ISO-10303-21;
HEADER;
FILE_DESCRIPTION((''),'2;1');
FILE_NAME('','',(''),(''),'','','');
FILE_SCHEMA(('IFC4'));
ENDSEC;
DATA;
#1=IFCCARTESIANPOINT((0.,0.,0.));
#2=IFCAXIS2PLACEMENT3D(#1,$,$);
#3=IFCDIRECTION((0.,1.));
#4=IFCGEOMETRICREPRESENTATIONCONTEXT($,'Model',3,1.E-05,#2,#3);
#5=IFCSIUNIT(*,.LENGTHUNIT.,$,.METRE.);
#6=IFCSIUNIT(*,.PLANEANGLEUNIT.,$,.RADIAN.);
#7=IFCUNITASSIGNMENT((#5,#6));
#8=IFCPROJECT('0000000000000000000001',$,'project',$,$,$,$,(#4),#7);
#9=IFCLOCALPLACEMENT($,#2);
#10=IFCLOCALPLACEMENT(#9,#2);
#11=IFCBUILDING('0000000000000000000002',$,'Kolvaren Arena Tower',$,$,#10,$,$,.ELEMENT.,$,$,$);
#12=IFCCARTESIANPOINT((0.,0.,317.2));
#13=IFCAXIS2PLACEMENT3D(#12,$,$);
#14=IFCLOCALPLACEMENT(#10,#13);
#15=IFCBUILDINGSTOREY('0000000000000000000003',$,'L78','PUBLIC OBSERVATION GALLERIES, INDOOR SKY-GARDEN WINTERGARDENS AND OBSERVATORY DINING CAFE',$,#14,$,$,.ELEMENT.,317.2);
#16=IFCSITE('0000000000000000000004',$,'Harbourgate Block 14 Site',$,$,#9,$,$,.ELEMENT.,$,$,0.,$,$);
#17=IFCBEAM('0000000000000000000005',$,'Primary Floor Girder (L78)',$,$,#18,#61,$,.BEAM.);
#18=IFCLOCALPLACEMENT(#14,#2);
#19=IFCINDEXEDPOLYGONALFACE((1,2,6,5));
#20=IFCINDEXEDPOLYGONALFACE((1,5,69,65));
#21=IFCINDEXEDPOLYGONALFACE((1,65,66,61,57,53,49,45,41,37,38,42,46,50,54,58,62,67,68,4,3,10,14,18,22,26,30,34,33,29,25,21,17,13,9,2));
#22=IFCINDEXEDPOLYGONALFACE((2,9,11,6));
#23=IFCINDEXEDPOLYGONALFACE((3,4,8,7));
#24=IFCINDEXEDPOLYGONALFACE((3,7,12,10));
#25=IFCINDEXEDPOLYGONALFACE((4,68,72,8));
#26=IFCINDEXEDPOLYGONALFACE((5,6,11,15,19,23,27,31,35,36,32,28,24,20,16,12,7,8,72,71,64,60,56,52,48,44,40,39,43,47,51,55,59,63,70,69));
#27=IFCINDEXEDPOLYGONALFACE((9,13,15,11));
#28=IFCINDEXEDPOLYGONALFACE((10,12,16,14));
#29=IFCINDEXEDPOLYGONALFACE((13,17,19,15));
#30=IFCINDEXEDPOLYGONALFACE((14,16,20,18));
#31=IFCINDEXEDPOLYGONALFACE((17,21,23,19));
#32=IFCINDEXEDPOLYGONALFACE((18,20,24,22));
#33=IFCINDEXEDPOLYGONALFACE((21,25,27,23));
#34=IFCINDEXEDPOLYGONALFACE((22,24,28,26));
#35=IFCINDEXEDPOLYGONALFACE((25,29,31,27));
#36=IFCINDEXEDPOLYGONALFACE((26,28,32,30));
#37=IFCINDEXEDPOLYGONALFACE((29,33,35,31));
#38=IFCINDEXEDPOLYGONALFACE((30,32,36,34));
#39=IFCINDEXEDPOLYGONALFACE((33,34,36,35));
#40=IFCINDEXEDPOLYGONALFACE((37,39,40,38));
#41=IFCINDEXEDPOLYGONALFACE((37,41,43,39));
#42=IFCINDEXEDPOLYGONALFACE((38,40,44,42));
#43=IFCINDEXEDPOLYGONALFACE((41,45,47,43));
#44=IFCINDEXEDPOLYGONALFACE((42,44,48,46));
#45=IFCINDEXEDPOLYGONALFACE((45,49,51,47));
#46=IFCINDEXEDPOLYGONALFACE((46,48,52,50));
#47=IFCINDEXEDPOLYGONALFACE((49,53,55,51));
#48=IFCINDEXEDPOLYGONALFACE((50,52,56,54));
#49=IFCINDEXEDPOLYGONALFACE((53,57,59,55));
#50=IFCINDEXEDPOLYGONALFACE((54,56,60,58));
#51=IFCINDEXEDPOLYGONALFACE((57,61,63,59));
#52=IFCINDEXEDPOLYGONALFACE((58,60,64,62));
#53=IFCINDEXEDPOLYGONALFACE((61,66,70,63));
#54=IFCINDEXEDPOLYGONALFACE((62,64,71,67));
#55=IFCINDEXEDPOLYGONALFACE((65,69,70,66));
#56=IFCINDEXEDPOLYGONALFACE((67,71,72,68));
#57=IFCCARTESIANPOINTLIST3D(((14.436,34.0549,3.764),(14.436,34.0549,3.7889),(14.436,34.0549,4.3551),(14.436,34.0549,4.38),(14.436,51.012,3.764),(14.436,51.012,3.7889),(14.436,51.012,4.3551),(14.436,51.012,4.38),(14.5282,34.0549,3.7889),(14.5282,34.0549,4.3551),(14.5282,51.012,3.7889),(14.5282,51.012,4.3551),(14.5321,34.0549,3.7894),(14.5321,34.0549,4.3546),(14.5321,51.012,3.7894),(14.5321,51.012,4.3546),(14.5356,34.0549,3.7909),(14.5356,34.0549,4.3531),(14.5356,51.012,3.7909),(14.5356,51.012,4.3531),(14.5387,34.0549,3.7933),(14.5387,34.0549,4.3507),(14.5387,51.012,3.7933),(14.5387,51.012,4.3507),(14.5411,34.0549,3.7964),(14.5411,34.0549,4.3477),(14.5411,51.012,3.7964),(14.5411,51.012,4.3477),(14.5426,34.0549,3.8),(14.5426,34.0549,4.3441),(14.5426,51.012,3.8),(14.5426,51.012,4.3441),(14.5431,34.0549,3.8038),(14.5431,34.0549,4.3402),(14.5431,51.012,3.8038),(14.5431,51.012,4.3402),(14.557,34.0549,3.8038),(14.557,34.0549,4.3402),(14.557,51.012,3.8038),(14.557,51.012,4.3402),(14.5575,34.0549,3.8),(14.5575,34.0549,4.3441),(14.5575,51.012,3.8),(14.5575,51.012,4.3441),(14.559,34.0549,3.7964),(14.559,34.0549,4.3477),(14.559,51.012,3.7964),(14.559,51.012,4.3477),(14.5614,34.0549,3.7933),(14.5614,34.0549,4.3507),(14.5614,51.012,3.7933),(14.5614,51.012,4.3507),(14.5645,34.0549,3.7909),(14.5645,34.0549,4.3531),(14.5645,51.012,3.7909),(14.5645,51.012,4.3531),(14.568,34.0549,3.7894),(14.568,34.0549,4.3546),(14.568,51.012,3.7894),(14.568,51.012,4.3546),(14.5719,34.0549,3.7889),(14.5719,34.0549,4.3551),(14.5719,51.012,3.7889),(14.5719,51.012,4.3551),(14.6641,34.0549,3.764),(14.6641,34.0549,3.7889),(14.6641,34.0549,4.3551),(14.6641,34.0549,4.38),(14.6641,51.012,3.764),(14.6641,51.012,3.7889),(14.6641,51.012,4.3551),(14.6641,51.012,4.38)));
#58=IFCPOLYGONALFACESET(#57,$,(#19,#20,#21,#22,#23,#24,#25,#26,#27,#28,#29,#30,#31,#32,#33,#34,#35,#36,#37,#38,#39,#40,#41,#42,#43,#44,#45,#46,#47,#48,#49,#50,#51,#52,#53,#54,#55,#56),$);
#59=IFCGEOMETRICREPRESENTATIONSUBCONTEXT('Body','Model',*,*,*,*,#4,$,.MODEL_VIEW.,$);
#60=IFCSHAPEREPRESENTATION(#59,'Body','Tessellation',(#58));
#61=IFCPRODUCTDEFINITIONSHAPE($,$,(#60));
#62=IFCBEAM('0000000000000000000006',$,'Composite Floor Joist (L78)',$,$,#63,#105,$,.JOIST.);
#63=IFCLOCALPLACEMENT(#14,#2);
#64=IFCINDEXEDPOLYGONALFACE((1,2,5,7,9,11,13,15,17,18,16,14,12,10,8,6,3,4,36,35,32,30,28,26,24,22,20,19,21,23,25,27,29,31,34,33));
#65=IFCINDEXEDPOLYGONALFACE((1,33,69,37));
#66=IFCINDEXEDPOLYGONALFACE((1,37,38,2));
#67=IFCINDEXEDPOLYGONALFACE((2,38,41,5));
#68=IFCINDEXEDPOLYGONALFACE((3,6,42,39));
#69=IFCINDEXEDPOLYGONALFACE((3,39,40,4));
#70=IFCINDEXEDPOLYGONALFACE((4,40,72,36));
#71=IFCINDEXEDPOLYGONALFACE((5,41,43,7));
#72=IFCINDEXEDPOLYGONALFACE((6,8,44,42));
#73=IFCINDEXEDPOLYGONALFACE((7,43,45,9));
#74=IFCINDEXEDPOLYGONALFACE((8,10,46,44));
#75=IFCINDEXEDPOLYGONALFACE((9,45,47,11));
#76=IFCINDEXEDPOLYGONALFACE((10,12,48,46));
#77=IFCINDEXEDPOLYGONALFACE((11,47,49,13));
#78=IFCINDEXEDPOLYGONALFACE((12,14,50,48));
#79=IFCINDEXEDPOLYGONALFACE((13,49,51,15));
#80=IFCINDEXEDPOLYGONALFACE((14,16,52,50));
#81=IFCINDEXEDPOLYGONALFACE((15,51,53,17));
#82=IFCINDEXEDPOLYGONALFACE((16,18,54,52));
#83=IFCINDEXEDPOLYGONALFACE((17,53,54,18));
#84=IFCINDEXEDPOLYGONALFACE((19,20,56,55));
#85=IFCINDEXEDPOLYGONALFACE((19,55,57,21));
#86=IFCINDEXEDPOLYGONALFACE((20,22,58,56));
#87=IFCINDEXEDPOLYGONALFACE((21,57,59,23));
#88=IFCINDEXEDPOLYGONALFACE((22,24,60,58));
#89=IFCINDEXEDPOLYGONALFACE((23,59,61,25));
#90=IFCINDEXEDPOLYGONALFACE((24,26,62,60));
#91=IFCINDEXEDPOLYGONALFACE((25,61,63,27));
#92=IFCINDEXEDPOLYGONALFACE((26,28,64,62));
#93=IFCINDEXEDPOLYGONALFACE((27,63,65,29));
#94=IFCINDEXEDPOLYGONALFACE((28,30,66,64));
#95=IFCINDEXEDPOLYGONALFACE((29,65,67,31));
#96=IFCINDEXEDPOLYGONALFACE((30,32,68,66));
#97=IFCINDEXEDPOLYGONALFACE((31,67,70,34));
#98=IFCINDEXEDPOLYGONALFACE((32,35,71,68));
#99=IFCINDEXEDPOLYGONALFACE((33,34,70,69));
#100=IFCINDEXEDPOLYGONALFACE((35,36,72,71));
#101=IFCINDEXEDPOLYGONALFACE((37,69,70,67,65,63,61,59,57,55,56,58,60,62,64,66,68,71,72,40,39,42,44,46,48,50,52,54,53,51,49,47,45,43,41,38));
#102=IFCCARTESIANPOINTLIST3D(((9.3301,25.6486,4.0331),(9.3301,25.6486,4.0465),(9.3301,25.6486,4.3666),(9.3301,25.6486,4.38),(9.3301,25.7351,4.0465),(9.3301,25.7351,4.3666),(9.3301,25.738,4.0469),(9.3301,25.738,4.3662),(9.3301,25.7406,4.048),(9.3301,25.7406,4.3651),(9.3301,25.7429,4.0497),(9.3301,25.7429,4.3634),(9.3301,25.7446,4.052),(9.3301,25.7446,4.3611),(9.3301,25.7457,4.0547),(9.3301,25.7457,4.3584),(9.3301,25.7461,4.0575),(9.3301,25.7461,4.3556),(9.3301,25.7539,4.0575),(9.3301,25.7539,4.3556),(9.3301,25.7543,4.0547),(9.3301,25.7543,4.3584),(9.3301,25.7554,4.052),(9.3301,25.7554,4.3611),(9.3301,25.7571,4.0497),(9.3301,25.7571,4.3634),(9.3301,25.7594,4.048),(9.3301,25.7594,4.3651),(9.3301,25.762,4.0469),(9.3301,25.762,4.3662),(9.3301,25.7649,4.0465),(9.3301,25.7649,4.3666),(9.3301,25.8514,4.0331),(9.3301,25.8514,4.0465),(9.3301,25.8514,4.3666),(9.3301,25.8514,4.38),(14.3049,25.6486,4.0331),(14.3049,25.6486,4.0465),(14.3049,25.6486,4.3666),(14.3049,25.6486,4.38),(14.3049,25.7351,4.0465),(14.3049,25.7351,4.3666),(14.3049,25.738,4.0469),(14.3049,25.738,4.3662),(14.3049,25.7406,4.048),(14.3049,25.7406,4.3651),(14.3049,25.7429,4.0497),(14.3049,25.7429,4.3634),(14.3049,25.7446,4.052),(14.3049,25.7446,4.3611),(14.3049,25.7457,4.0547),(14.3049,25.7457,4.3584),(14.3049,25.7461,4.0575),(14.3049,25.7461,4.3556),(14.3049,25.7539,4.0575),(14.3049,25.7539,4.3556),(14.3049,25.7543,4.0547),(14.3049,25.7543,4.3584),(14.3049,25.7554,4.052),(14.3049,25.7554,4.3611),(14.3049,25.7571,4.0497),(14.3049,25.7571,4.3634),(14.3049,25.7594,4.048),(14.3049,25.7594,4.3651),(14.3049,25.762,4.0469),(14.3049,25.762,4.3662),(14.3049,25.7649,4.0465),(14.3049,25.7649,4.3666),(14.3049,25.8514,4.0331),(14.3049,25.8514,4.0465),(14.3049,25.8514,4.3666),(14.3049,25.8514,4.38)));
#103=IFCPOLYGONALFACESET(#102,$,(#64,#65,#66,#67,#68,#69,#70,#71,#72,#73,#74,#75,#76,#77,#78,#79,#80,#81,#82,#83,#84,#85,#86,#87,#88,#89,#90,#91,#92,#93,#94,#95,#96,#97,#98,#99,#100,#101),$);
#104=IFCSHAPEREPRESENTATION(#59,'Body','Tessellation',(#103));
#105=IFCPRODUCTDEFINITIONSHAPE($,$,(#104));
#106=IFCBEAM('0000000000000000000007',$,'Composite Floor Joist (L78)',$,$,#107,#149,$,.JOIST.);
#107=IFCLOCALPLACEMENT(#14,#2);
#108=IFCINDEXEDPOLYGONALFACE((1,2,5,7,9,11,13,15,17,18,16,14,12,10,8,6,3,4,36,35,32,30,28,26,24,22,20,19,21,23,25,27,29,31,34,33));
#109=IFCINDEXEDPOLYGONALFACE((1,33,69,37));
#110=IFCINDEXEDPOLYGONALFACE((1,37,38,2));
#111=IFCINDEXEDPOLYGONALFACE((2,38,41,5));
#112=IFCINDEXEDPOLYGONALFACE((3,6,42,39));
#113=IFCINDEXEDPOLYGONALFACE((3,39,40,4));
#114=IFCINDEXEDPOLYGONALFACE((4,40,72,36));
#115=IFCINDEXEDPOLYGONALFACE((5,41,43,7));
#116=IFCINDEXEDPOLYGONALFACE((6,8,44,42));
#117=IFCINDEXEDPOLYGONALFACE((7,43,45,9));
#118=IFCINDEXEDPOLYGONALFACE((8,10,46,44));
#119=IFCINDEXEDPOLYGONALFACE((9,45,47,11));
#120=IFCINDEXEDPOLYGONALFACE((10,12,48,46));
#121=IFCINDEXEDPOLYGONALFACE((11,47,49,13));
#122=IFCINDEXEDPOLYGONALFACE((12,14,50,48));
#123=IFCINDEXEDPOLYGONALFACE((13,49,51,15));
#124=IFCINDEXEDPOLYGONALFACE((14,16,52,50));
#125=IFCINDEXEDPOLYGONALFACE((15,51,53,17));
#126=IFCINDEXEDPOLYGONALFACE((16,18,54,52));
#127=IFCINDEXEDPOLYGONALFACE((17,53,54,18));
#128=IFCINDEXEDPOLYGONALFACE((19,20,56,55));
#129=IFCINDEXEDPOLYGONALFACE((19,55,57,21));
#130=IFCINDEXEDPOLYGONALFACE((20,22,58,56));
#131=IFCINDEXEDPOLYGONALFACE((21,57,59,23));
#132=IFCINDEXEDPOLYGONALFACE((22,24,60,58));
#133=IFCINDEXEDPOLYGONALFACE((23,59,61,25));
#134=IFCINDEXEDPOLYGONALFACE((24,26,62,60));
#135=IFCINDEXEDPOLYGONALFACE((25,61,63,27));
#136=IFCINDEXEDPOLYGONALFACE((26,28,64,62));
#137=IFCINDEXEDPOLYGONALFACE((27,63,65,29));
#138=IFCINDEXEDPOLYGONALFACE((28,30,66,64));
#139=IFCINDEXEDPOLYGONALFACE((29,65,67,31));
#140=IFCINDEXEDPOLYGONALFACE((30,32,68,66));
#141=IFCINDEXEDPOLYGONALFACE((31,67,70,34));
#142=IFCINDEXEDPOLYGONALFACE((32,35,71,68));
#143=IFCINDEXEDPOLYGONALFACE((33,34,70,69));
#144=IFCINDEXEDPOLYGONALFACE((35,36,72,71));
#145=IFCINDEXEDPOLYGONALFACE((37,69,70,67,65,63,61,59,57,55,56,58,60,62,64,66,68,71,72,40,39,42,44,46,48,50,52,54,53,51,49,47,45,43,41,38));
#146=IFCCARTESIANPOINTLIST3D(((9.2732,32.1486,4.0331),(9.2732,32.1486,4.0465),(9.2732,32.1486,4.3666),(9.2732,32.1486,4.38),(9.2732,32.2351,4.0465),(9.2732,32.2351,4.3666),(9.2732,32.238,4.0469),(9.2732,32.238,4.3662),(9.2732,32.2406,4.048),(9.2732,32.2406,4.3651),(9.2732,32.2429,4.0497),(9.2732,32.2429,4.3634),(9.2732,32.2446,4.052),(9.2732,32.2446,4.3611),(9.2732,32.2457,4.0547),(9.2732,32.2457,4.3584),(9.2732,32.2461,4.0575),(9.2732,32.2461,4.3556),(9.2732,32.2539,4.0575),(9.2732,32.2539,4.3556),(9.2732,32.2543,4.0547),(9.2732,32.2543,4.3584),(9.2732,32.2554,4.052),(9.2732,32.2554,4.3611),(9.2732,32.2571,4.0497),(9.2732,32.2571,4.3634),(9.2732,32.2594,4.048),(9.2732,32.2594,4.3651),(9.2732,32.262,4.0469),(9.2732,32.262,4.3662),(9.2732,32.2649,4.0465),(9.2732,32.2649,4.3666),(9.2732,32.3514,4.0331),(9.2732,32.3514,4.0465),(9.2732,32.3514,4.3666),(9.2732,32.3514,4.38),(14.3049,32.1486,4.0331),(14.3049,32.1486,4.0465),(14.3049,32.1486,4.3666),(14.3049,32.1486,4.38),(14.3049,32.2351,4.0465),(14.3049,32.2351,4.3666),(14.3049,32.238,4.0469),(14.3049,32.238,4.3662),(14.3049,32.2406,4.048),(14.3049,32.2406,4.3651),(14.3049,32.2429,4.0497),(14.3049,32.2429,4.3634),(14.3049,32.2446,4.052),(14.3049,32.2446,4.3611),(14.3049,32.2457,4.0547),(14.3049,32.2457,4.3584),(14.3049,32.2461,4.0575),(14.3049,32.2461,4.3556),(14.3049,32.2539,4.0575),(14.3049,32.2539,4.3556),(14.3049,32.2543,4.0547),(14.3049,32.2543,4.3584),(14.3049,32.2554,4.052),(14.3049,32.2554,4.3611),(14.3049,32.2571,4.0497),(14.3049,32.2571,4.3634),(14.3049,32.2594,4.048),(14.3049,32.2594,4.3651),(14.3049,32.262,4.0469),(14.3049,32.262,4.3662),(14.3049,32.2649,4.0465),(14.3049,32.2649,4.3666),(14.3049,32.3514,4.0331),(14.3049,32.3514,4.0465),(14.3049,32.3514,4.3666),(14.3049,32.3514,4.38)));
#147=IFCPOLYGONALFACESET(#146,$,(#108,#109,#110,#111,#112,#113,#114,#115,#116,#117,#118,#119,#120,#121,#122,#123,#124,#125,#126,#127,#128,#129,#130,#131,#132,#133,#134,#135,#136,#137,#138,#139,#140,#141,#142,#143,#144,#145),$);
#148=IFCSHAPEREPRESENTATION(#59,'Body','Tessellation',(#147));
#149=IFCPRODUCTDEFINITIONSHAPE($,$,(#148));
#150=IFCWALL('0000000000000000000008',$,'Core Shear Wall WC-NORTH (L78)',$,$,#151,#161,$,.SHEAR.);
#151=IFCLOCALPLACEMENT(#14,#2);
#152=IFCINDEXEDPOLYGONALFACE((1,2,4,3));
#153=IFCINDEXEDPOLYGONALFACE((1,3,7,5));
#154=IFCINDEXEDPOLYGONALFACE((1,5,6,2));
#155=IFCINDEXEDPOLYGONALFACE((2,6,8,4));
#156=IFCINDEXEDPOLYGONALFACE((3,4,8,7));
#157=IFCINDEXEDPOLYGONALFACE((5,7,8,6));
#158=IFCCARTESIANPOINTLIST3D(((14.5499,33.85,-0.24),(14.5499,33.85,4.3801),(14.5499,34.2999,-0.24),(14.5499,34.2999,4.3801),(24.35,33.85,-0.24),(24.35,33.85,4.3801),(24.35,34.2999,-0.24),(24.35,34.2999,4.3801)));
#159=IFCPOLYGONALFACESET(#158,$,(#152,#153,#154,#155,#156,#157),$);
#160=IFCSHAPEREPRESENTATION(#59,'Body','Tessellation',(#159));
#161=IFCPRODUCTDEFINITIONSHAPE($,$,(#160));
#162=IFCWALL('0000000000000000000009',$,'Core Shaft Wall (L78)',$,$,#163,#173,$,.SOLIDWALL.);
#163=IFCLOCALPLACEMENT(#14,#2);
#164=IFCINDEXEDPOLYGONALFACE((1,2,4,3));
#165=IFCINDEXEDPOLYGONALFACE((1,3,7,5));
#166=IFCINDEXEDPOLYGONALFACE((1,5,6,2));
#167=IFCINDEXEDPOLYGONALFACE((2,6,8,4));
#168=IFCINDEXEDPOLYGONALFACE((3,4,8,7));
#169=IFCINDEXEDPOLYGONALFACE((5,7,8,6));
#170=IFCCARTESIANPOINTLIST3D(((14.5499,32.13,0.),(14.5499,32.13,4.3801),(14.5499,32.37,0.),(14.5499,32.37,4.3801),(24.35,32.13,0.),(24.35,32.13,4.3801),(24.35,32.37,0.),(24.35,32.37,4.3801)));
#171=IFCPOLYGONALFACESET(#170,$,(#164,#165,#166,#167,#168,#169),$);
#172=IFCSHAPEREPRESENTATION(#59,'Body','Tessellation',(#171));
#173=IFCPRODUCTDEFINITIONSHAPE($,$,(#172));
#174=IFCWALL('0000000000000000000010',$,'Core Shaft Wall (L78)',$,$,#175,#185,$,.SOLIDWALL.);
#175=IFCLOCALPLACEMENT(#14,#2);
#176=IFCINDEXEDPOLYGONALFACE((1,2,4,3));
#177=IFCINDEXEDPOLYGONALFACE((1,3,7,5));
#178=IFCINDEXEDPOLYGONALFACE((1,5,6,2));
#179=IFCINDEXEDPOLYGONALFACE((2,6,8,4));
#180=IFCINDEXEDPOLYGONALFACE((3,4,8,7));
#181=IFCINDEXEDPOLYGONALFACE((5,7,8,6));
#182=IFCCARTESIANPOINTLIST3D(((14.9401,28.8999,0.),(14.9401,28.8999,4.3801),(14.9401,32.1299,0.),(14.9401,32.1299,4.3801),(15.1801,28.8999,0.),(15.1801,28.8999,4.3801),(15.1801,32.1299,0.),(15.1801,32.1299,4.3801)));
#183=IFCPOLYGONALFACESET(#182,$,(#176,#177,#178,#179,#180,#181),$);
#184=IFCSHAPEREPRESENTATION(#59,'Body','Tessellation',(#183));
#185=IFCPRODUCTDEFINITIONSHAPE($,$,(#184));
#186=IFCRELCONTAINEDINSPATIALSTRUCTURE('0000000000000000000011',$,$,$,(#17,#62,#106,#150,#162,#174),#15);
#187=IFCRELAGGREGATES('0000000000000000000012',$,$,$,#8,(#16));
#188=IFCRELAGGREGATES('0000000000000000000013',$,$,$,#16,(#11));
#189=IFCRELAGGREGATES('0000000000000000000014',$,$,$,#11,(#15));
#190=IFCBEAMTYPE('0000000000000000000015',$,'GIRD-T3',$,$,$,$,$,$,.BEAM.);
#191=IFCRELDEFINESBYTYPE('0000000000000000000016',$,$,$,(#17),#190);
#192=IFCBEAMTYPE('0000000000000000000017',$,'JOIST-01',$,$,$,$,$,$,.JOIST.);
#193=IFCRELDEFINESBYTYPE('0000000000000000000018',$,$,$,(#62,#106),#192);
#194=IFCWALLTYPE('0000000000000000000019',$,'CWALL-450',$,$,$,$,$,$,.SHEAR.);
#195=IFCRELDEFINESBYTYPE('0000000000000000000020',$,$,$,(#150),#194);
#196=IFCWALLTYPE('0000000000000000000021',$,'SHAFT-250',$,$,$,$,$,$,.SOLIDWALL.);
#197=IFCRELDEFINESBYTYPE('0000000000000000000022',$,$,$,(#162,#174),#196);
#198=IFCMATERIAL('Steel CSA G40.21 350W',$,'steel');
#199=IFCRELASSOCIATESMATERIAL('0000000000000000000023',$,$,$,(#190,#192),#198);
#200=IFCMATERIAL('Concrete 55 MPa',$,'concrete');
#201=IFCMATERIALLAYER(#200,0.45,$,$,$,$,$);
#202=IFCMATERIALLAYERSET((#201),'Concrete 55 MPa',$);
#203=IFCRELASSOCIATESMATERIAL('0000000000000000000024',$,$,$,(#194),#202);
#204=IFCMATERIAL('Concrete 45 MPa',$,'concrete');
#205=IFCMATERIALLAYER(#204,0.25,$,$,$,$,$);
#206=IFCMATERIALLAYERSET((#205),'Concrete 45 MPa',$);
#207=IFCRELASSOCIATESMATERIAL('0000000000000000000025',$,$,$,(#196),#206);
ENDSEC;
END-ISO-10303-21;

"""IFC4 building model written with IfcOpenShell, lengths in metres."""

from ifc_helpers import new_model, si_unit, direction, frame, frame_2d, origin, origin_2d, place, context, subcontext, project, spatial, rectangle, i_section, extrude, material, layer, layer_set, material_profile, profile_set, type_object, element, save


model = new_model("IFC4")

# Units and contexts
model_context = context("Model", 3, precision=1e-05, world=origin(), true_north=direction((0.0, 1.0)))
body_context = subcontext(model_context, "Body", "Model", "MODEL_VIEW")
ifc_project = project(units=[si_unit("LENGTHUNIT", "METRE"), si_unit("PLANEANGLEUNIT", "RADIAN")], contexts=[model_context])

# Site, building, storey
site_placement = place(None, origin())
site = spatial("IfcSite", under=ifc_project, at=site_placement, Name="Harbourgate Block 14 Site", CompositionType="ELEMENT", RefElevation=0.0)
building_placement = place(site_placement, origin())
building = spatial("IfcBuilding", under=site, at=building_placement, Name="Kolvaren Arena Tower", CompositionType="ELEMENT")
storey_placement = place(building_placement, frame((0.0, 0.0, 317.2)))
storey = spatial("IfcBuildingStorey", under=building, at=storey_placement, Name="L78", Description="PUBLIC OBSERVATION GALLERIES, INDOOR SKY-GARDEN WINTERGARDENS AND OBSERVATORY DINING CAFE", CompositionType="ELEMENT", Elevation=317.2)

# Beams
ifc_material_1 = material(Name="Steel CSA G40.21 350W", Category="steel")
ifc_material_profile_1 = material_profile(ifc_material_1, i_section(OverallWidth=0.228, OverallDepth=0.616, WebThickness=0.0139, FlangeThickness=0.0249, FilletRadius=0.0149, at=origin_2d()), Name="W610x174")
ifc_profile_set_1 = profile_set([ifc_material_profile_1], Name="Steel CSA G40.21 350W")
beam_type_1 = type_object("IfcBeamType", Name="GIRD-T3", PredefinedType="BEAM", material=ifc_profile_set_1)
beam_1_placement = place(storey_placement, frame((14.55, 34.0549, 4.072), z_axis=(0.0, 1.0, 0.0), x_axis=(-1.0, 0.0, 0.0)))
element("IfcBeam", 1, at=beam_1_placement, inside=storey, type_object=beam_type_1, Name="Primary Floor Girder (L78)", PredefinedType="BEAM", context=body_context, shape_type="SweptSolid", body=[
    extrude(i_section(OverallWidth=0.228, OverallDepth=0.616, WebThickness=0.0139, FlangeThickness=0.0249, FilletRadius=0.0149, at=origin_2d()), origin(), (0.0, 0.0, 1.0), 16.957),
])
ifc_material_profile_2 = material_profile(ifc_material_1, i_section(OverallWidth=0.2029, OverallDepth=0.3469, WebThickness=0.0078, FlangeThickness=0.0134, FilletRadius=0.011, at=origin_2d()), Name="W360x64")
ifc_profile_set_2 = profile_set([ifc_material_profile_2], Name="Steel CSA G40.21 350W")
beam_type_2 = type_object("IfcBeamType", Name="JOIST-01", PredefinedType="JOIST", material=ifc_profile_set_2)
beam_2_placement = place(storey_placement, frame((9.3301, 25.75, 4.2065), z_axis=(1.0, 0.0, 0.0), x_axis=(0.0, 1.0, 0.0)))
element("IfcBeam", 2, at=beam_2_placement, inside=storey, type_object=beam_type_2, Name="Composite Floor Joist (L78)", PredefinedType="JOIST", context=body_context, shape_type="SweptSolid", body=[
    extrude(i_section(OverallWidth=0.2029, OverallDepth=0.3469, WebThickness=0.0078, FlangeThickness=0.0134, FilletRadius=0.011, at=origin_2d()), origin(), (0.0, 0.0, 1.0), 4.9749),
])
beam_3_placement = place(storey_placement, frame((9.2732, 32.25, 4.2065), z_axis=(1.0, 0.0, 0.0), x_axis=(0.0, 1.0, 0.0)))
element("IfcBeam", 3, at=beam_3_placement, inside=storey, type_object=beam_type_2, Name="Composite Floor Joist (L78)", PredefinedType="JOIST", context=body_context, shape_type="SweptSolid", body=[
    extrude(i_section(OverallWidth=0.2029, OverallDepth=0.3469, WebThickness=0.0078, FlangeThickness=0.0134, FilletRadius=0.011, at=origin_2d()), origin(), (0.0, 0.0, 1.0), 5.0317),
])

# Walls
ifc_material_2 = material(Name="Concrete 55 MPa", Category="concrete")
ifc_layer_1 = layer(ifc_material_2, 0.45)
ifc_layer_set_1 = layer_set([ifc_layer_1], Name="Concrete 55 MPa")
wall_type_1 = type_object("IfcWallType", Name="CWALL-450", PredefinedType="SHEAR", material=ifc_layer_set_1)
wall_1_placement = place(storey_placement, frame((14.55, 34.075, -0.24), z_axis=(0.0, 0.0, 1.0), x_axis=(1.0, 0.0, 0.0)))
element("IfcWall", 4, at=wall_1_placement, inside=storey, type_object=wall_type_1, Name="Core Shear Wall WC-NORTH (L78)", PredefinedType="SHEAR", context=body_context, shape_type="SweptSolid", body=[
    extrude(rectangle(XDim=9.8, YDim=0.45, at=frame_2d((4.8999, 0.0))), origin(), (0.0, 0.0, 1.0), 4.6201),
])
ifc_material_3 = material(Name="Concrete 45 MPa", Category="concrete")
ifc_layer_2 = layer(ifc_material_3, 0.25)
ifc_layer_set_2 = layer_set([ifc_layer_2], Name="Concrete 45 MPa")
wall_type_2 = type_object("IfcWallType", Name="SHAFT-250", PredefinedType="SOLIDWALL", material=ifc_layer_set_2)
wall_2_placement = place(storey_placement, frame((14.55, 32.25, 0.0), z_axis=(0.0, 0.0, 1.0), x_axis=(1.0, 0.0, 0.0)))
element("IfcWall", 5, at=wall_2_placement, inside=storey, type_object=wall_type_2, Name="Core Shaft Wall (L78)", PredefinedType="SOLIDWALL", context=body_context, shape_type="SweptSolid", body=[
    extrude(rectangle(XDim=9.8, YDim=0.24, at=frame_2d((4.8999, 0.0))), origin(), (0.0, 0.0, 1.0), 4.3801),
])
wall_3_placement = place(storey_placement, frame((15.0601, 28.8999, 0.0), z_axis=(0.0, 0.0, 1.0), x_axis=(0.0, 1.0, 0.0)))
element("IfcWall", 6, at=wall_3_placement, inside=storey, type_object=wall_type_2, Name="Core Shaft Wall (L78)", PredefinedType="SOLIDWALL", context=body_context, shape_type="SweptSolid", body=[
    extrude(rectangle(XDim=3.23, YDim=0.24, at=frame_2d((1.615, 0.0))), origin(), (0.0, 0.0, 1.0), 4.3801),
])

save(model, "model.ifc")
